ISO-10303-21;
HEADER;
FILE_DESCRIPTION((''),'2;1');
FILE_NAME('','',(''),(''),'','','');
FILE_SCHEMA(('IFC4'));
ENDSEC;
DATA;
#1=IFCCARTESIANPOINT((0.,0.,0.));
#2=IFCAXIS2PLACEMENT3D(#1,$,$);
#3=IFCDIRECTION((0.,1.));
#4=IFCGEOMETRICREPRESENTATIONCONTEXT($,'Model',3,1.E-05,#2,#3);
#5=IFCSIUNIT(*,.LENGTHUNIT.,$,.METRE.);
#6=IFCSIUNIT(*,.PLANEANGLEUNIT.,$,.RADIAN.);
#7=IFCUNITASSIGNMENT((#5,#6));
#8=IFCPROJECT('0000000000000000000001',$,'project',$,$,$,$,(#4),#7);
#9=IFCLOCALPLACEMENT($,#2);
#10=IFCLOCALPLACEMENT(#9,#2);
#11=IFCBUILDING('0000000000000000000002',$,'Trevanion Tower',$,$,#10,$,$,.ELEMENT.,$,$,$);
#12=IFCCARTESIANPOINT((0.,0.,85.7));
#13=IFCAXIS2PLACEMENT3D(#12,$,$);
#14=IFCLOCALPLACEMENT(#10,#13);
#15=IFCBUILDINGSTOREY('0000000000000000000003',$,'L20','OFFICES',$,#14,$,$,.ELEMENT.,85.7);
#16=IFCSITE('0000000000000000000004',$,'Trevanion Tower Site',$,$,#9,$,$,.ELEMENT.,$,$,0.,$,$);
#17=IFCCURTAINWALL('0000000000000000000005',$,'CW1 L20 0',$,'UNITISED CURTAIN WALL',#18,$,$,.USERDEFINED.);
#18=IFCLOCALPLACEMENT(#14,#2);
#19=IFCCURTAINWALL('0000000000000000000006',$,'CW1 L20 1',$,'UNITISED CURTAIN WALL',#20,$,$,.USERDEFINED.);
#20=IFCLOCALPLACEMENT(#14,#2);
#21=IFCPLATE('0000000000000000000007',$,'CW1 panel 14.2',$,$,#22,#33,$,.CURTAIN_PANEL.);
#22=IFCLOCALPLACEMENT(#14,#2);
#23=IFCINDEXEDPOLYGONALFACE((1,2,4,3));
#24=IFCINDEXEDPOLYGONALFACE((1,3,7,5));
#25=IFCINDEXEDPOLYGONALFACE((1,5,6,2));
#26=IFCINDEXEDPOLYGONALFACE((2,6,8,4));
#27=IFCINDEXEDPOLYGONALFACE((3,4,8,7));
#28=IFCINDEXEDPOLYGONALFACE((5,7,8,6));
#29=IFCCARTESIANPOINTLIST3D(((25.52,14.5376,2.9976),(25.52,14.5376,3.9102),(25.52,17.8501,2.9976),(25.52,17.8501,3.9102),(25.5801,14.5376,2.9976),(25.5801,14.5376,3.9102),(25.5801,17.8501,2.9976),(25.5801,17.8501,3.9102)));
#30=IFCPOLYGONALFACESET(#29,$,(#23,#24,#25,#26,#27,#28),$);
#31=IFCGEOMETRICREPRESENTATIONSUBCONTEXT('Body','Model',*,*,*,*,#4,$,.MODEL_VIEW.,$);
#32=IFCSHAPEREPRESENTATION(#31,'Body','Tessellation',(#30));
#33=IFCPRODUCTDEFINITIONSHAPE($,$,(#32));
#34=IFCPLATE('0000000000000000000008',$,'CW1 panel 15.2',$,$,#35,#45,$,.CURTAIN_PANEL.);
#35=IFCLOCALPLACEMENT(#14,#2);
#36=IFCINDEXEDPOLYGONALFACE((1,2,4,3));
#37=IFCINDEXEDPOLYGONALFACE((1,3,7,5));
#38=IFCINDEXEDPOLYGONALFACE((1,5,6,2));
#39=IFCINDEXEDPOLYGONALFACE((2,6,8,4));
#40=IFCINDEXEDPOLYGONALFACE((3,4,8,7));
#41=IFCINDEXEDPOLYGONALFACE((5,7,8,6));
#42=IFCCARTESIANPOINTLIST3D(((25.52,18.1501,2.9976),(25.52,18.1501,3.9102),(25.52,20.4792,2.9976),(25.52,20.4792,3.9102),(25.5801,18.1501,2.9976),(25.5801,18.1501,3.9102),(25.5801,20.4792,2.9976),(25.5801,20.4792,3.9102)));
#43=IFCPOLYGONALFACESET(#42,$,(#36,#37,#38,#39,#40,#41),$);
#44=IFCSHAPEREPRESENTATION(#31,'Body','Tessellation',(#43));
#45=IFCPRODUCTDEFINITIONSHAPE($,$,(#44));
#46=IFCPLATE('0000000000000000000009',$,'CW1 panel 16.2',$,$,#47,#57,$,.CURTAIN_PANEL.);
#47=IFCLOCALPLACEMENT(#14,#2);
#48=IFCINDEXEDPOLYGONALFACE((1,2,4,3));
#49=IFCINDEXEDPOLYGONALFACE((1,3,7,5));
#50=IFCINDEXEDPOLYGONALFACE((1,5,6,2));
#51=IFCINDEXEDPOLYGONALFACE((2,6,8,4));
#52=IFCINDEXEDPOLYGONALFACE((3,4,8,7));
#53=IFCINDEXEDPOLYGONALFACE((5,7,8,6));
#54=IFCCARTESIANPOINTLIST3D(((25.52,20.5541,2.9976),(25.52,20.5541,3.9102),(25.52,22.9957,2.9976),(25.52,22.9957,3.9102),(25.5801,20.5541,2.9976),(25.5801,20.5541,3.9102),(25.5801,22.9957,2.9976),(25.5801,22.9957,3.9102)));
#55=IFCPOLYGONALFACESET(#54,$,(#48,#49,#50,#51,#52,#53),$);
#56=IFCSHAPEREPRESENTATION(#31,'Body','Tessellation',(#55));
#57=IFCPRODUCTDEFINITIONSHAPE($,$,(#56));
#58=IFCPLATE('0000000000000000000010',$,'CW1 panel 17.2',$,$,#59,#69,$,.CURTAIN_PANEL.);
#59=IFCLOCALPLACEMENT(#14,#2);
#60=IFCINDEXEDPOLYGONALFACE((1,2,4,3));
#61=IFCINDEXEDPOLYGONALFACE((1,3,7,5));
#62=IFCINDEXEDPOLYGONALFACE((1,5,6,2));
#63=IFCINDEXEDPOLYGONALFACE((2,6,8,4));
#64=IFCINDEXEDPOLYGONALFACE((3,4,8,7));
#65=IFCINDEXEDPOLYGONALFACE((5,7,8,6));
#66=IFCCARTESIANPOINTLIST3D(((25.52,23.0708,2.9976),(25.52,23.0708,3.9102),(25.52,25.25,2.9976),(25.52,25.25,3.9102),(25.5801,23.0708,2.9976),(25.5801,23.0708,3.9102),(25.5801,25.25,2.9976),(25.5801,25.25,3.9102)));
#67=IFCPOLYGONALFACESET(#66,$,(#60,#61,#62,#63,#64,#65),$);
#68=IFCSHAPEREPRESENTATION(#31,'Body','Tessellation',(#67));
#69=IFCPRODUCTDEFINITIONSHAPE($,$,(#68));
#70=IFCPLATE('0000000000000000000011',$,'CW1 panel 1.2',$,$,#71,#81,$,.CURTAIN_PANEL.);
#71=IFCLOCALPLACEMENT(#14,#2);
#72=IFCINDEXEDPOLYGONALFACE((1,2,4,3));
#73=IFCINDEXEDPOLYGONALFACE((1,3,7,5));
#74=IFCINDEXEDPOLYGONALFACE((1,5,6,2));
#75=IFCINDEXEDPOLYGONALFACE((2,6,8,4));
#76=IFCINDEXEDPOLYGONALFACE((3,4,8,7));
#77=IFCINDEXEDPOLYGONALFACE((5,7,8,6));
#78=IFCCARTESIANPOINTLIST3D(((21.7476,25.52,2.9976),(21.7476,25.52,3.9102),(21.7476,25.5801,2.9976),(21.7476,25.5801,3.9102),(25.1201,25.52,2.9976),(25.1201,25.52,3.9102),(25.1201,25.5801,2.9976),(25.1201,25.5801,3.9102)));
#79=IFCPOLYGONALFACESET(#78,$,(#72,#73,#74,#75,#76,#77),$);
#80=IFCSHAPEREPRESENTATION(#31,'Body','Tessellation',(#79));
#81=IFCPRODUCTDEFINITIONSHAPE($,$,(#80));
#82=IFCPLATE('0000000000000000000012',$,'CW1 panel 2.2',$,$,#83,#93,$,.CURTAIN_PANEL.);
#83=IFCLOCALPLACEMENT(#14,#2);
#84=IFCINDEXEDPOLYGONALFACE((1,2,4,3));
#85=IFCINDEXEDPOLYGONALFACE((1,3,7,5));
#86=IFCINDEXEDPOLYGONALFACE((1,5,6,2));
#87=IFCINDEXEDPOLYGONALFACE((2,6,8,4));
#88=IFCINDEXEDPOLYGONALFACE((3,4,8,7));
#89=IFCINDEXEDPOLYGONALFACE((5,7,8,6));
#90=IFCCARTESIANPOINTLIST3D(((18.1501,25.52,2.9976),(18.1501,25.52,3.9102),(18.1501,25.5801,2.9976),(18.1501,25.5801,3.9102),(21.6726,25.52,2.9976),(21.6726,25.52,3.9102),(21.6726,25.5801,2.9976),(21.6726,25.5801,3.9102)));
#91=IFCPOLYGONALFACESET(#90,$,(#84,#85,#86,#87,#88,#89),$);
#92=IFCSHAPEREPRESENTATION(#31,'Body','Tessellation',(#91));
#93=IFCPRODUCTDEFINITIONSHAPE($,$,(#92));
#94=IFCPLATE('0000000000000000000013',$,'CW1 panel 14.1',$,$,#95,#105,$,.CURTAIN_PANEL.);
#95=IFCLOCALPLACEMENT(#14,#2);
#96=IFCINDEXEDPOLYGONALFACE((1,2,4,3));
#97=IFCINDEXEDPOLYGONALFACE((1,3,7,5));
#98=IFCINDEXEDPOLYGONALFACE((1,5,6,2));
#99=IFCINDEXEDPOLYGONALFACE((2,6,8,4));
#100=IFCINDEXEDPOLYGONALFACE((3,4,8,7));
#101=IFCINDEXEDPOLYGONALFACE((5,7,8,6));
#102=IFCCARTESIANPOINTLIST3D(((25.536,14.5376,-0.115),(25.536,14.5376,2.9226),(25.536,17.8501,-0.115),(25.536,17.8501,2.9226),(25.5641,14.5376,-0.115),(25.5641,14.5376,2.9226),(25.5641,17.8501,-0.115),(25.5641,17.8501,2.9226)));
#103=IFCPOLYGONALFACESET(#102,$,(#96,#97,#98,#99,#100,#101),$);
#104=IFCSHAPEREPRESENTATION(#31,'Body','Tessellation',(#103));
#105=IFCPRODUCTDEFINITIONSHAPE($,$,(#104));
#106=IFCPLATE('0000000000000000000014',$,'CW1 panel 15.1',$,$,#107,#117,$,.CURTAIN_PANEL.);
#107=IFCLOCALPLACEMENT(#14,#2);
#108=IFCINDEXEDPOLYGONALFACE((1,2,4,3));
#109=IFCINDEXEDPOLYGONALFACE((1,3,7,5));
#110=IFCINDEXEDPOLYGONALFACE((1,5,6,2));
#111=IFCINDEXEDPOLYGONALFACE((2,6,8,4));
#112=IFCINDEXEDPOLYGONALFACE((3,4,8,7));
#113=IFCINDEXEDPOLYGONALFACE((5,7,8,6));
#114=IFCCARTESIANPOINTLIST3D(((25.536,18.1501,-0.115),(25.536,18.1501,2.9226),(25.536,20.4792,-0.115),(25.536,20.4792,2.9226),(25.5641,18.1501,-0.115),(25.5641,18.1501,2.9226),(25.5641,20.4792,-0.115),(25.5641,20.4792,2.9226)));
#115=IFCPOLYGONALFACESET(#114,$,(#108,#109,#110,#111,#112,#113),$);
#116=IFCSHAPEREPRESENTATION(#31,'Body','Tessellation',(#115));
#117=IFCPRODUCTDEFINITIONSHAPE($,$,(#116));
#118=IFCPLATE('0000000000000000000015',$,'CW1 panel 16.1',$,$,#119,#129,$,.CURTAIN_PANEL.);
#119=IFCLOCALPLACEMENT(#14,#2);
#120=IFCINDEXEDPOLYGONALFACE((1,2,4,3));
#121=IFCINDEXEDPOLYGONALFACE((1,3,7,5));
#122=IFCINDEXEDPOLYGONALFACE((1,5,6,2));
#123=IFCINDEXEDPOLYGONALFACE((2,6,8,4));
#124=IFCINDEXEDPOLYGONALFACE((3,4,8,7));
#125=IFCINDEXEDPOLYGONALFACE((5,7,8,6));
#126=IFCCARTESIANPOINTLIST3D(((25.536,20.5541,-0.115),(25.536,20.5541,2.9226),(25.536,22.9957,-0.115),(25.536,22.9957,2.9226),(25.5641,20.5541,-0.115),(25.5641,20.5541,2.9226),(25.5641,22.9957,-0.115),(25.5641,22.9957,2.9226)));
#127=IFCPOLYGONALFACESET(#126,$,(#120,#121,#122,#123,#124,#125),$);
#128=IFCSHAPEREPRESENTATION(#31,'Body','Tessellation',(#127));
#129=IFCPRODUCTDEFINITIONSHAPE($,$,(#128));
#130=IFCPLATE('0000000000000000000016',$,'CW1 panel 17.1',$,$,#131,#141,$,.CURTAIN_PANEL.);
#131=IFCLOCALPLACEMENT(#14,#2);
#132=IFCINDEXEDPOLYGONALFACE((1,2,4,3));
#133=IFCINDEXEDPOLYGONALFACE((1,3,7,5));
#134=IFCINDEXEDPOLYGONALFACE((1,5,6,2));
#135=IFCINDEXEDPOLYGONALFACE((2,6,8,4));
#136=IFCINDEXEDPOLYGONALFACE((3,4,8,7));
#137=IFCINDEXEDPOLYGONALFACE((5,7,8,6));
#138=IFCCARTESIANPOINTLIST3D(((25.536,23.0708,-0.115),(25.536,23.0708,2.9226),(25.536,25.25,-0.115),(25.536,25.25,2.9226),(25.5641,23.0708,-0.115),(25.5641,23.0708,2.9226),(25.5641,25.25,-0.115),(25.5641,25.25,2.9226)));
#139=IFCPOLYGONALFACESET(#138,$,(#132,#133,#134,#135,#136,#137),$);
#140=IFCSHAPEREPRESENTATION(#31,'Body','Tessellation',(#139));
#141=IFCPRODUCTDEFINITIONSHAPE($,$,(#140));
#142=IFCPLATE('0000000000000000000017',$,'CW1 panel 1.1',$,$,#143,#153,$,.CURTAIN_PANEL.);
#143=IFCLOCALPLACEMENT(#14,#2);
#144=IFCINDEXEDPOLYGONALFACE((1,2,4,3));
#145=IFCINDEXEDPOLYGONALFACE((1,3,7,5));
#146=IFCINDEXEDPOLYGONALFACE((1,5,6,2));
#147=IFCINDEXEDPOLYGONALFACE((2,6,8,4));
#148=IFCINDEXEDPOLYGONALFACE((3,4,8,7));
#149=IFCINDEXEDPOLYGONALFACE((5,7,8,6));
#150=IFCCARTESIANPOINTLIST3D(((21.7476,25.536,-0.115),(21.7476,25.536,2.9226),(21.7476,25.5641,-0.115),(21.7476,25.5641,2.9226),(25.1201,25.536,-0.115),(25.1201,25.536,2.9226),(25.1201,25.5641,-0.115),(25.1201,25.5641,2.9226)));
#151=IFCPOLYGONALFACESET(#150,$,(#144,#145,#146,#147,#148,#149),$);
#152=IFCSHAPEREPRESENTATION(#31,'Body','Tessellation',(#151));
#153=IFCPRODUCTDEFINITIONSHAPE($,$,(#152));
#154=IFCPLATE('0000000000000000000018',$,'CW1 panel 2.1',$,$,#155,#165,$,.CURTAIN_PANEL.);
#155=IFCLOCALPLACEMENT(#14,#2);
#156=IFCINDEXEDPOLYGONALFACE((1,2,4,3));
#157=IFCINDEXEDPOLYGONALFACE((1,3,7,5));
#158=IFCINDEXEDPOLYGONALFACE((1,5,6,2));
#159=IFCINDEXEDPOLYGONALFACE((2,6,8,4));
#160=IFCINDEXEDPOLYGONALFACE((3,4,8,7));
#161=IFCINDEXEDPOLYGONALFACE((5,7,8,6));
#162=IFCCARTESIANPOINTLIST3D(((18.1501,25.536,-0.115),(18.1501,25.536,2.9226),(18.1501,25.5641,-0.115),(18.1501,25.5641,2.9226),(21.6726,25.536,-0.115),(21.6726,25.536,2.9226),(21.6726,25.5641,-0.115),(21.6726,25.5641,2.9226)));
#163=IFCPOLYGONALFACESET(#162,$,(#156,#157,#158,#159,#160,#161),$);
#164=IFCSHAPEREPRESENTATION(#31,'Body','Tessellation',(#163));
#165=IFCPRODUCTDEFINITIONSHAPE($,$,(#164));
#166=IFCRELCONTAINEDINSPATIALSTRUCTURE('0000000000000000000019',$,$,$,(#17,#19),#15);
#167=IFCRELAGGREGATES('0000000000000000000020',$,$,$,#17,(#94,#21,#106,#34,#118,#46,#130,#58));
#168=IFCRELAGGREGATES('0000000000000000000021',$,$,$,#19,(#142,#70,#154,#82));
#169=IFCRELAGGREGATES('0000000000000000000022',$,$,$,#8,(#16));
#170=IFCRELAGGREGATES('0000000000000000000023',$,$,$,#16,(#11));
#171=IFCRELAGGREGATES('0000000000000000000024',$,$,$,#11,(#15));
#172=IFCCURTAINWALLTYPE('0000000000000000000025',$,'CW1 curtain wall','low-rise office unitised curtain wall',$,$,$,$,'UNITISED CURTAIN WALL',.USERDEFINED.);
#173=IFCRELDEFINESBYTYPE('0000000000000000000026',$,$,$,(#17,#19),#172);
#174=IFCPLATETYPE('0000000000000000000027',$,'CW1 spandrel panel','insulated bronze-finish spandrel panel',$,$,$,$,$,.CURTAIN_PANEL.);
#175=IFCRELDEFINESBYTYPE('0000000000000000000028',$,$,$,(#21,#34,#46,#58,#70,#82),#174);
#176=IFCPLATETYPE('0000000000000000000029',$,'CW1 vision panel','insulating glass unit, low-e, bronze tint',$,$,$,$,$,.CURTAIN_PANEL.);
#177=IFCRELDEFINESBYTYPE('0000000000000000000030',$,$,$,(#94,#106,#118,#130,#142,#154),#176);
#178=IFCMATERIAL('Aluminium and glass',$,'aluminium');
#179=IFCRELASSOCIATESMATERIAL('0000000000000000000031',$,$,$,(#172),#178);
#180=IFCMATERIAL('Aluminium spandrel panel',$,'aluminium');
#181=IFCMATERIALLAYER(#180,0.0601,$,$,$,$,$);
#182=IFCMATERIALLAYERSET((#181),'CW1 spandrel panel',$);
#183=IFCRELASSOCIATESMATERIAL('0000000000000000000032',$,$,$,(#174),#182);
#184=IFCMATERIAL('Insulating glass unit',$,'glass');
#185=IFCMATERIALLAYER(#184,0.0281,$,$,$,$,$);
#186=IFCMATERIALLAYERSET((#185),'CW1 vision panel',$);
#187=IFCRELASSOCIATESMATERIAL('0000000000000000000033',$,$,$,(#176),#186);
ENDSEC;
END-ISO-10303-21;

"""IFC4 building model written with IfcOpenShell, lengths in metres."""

from ifc_helpers import new_model, si_unit, direction, frame, origin, origin_2d, place, context, subcontext, project, spatial, rectangle, extrude, material, layer, layer_set, type_object, element, aggregate, save


model = new_model("IFC4")

# Units and contexts
model_context = context("Model", 3, precision=1e-05, world=origin(), true_north=direction((0.0, 1.0)))
body_context = subcontext(model_context, "Body", "Model", "MODEL_VIEW")
ifc_project = project(units=[si_unit("LENGTHUNIT", "METRE"), si_unit("PLANEANGLEUNIT", "RADIAN")], contexts=[model_context])

# Site, building, storey
site_placement = place(None, origin())
site = spatial("IfcSite", under=ifc_project, at=site_placement, Name="Trevanion Tower Site", CompositionType="ELEMENT", RefElevation=0.0)
building_placement = place(site_placement, origin())
building = spatial("IfcBuilding", under=site, at=building_placement, Name="Trevanion Tower", CompositionType="ELEMENT")
storey_placement = place(building_placement, frame((0.0, 0.0, 85.7)))
storey = spatial("IfcBuildingStorey", under=building, at=storey_placement, Name="L20", Description="OFFICES", CompositionType="ELEMENT", Elevation=85.7)

# Curtain wall
ifc_material_1 = material(Name="Aluminium and glass", Category="aluminium")
curtain_wall_type = type_object("IfcCurtainWallType", Name="CW1 curtain wall", Description="low-rise office unitised curtain wall", ElementType="UNITISED CURTAIN WALL", PredefinedType="USERDEFINED", material=ifc_material_1)
curtain_wall_1_placement = place(storey_placement, origin())
curtain_wall_1 = element("IfcCurtainWall", 1, at=curtain_wall_1_placement, inside=storey, type_object=curtain_wall_type, Name="CW1 L20 0", ObjectType="UNITISED CURTAIN WALL", PredefinedType="USERDEFINED")

# Curtain wall
curtain_wall_2_placement = place(storey_placement, origin())
curtain_wall_2 = element("IfcCurtainWall", 2, at=curtain_wall_2_placement, inside=storey, type_object=curtain_wall_type, Name="CW1 L20 1", ObjectType="UNITISED CURTAIN WALL", PredefinedType="USERDEFINED")

# Plates
ifc_material_2 = material(Name="Aluminium spandrel panel", Category="aluminium")
ifc_layer_1 = layer(ifc_material_2, 0.0601)
ifc_layer_set_1 = layer_set([ifc_layer_1], Name="CW1 spandrel panel")
plate_type_1 = type_object("IfcPlateType", Name="CW1 spandrel panel", Description="insulated bronze-finish spandrel panel", PredefinedType="CURTAIN_PANEL", material=ifc_layer_set_1)
plate_1_placement = place(storey_placement, frame((25.55, 16.1938, 2.9976), z_axis=(0.0, 0.0, 1.0), x_axis=(0.0, 1.0, 0.0)))
plate_1 = element("IfcPlate", 3, at=plate_1_placement, type_object=plate_type_1, Name="CW1 panel 14.2", PredefinedType="CURTAIN_PANEL", context=body_context, shape_type="SweptSolid", body=[
    extrude(rectangle(XDim=3.3125, YDim=0.0601, at=origin_2d()), origin(), (0.0, 0.0, 1.0), 0.9126),
])
plate_2_placement = place(storey_placement, frame((25.55, 19.3147, 2.9976), z_axis=(0.0, 0.0, 1.0), x_axis=(0.0, 1.0, 0.0)))
plate_2 = element("IfcPlate", 4, at=plate_2_placement, type_object=plate_type_1, Name="CW1 panel 15.2", PredefinedType="CURTAIN_PANEL", context=body_context, shape_type="SweptSolid", body=[
    extrude(rectangle(XDim=2.3291, YDim=0.0601, at=origin_2d()), origin(), (0.0, 0.0, 1.0), 0.9126),
])
plate_3_placement = place(storey_placement, frame((25.55, 21.7749, 2.9976), z_axis=(0.0, 0.0, 1.0), x_axis=(0.0, 1.0, 0.0)))
plate_3 = element("IfcPlate", 5, at=plate_3_placement, type_object=plate_type_1, Name="CW1 panel 16.2", PredefinedType="CURTAIN_PANEL", context=body_context, shape_type="SweptSolid", body=[
    extrude(rectangle(XDim=2.4417, YDim=0.0601, at=origin_2d()), origin(), (0.0, 0.0, 1.0), 0.9126),
])
plate_4_placement = place(storey_placement, frame((25.55, 24.1604, 2.9976), z_axis=(0.0, 0.0, 1.0), x_axis=(0.0, 1.0, 0.0)))
plate_4 = element("IfcPlate", 6, at=plate_4_placement, type_object=plate_type_1, Name="CW1 panel 17.2", PredefinedType="CURTAIN_PANEL", context=body_context, shape_type="SweptSolid", body=[
    extrude(rectangle(XDim=2.1792, YDim=0.0601, at=origin_2d()), origin(), (0.0, 0.0, 1.0), 0.9126),
])
plate_5_placement = place(storey_placement, frame((23.4338, 25.55, 2.9976), z_axis=(0.0, 0.0, 1.0), x_axis=(-1.0, 0.0, 0.0)))
plate_5 = element("IfcPlate", 7, at=plate_5_placement, type_object=plate_type_1, Name="CW1 panel 1.2", PredefinedType="CURTAIN_PANEL", context=body_context, shape_type="SweptSolid", body=[
    extrude(rectangle(XDim=3.3726, YDim=0.0601, at=origin_2d()), origin(), (0.0, 0.0, 1.0), 0.9126),
])
plate_6_placement = place(storey_placement, frame((19.9114, 25.55, 2.9976), z_axis=(0.0, 0.0, 1.0), x_axis=(-1.0, 0.0, 0.0)))
plate_6 = element("IfcPlate", 8, at=plate_6_placement, type_object=plate_type_1, Name="CW1 panel 2.2", PredefinedType="CURTAIN_PANEL", context=body_context, shape_type="SweptSolid", body=[
    extrude(rectangle(XDim=3.5225, YDim=0.0601, at=origin_2d()), origin(), (0.0, 0.0, 1.0), 0.9126),
])
ifc_material_3 = material(Name="Insulating glass unit", Category="glass")
ifc_layer_2 = layer(ifc_material_3, 0.0281)
ifc_layer_set_2 = layer_set([ifc_layer_2], Name="CW1 vision panel")
plate_type_2 = type_object("IfcPlateType", Name="CW1 vision panel", Description="insulating glass unit, low-e, bronze tint", PredefinedType="CURTAIN_PANEL", material=ifc_layer_set_2)
plate_7_placement = place(storey_placement, frame((25.55, 16.1938, -0.115), z_axis=(0.0, 0.0, 1.0), x_axis=(0.0, 1.0, 0.0)))
plate_7 = element("IfcPlate", 9, at=plate_7_placement, type_object=plate_type_2, Name="CW1 panel 14.1", PredefinedType="CURTAIN_PANEL", context=body_context, shape_type="SweptSolid", body=[
    extrude(rectangle(XDim=3.3125, YDim=0.0281, at=origin_2d()), origin(), (0.0, 0.0, 1.0), 3.0376),
])
plate_8_placement = place(storey_placement, frame((25.55, 19.3147, -0.115), z_axis=(0.0, 0.0, 1.0), x_axis=(0.0, 1.0, 0.0)))
plate_8 = element("IfcPlate", 10, at=plate_8_placement, type_object=plate_type_2, Name="CW1 panel 15.1", PredefinedType="CURTAIN_PANEL", context=body_context, shape_type="SweptSolid", body=[
    extrude(rectangle(XDim=2.3291, YDim=0.0281, at=origin_2d()), origin(), (0.0, 0.0, 1.0), 3.0376),
])
plate_9_placement = place(storey_placement, frame((25.55, 21.7749, -0.115), z_axis=(0.0, 0.0, 1.0), x_axis=(0.0, 1.0, 0.0)))
plate_9 = element("IfcPlate", 11, at=plate_9_placement, type_object=plate_type_2, Name="CW1 panel 16.1", PredefinedType="CURTAIN_PANEL", context=body_context, shape_type="SweptSolid", body=[
    extrude(rectangle(XDim=2.4417, YDim=0.0281, at=origin_2d()), origin(), (0.0, 0.0, 1.0), 3.0376),
])
plate_10_placement = place(storey_placement, frame((25.55, 24.1604, -0.115), z_axis=(0.0, 0.0, 1.0), x_axis=(0.0, 1.0, 0.0)))
plate_10 = element("IfcPlate", 12, at=plate_10_placement, type_object=plate_type_2, Name="CW1 panel 17.1", PredefinedType="CURTAIN_PANEL", context=body_context, shape_type="SweptSolid", body=[
    extrude(rectangle(XDim=2.1792, YDim=0.0281, at=origin_2d()), origin(), (0.0, 0.0, 1.0), 3.0376),
])
aggregate(curtain_wall_1, [plate_7, plate_1, plate_8, plate_2, plate_9, plate_3, plate_10, plate_4])
plate_11_placement = place(storey_placement, frame((23.4338, 25.55, -0.115), z_axis=(0.0, 0.0, 1.0), x_axis=(-1.0, 0.0, 0.0)))
plate_11 = element("IfcPlate", 13, at=plate_11_placement, type_object=plate_type_2, Name="CW1 panel 1.1", PredefinedType="CURTAIN_PANEL", context=body_context, shape_type="SweptSolid", body=[
    extrude(rectangle(XDim=3.3726, YDim=0.0281, at=origin_2d()), origin(), (0.0, 0.0, 1.0), 3.0376),
])
plate_12_placement = place(storey_placement, frame((19.9114, 25.55, -0.115), z_axis=(0.0, 0.0, 1.0), x_axis=(-1.0, 0.0, 0.0)))
plate_12 = element("IfcPlate", 14, at=plate_12_placement, type_object=plate_type_2, Name="CW1 panel 2.1", PredefinedType="CURTAIN_PANEL", context=body_context, shape_type="SweptSolid", body=[
    extrude(rectangle(XDim=3.5225, YDim=0.0281, at=origin_2d()), origin(), (0.0, 0.0, 1.0), 3.0376),
])
aggregate(curtain_wall_2, [plate_11, plate_5, plate_12, plate_6])

save(model, "model.ifc")
